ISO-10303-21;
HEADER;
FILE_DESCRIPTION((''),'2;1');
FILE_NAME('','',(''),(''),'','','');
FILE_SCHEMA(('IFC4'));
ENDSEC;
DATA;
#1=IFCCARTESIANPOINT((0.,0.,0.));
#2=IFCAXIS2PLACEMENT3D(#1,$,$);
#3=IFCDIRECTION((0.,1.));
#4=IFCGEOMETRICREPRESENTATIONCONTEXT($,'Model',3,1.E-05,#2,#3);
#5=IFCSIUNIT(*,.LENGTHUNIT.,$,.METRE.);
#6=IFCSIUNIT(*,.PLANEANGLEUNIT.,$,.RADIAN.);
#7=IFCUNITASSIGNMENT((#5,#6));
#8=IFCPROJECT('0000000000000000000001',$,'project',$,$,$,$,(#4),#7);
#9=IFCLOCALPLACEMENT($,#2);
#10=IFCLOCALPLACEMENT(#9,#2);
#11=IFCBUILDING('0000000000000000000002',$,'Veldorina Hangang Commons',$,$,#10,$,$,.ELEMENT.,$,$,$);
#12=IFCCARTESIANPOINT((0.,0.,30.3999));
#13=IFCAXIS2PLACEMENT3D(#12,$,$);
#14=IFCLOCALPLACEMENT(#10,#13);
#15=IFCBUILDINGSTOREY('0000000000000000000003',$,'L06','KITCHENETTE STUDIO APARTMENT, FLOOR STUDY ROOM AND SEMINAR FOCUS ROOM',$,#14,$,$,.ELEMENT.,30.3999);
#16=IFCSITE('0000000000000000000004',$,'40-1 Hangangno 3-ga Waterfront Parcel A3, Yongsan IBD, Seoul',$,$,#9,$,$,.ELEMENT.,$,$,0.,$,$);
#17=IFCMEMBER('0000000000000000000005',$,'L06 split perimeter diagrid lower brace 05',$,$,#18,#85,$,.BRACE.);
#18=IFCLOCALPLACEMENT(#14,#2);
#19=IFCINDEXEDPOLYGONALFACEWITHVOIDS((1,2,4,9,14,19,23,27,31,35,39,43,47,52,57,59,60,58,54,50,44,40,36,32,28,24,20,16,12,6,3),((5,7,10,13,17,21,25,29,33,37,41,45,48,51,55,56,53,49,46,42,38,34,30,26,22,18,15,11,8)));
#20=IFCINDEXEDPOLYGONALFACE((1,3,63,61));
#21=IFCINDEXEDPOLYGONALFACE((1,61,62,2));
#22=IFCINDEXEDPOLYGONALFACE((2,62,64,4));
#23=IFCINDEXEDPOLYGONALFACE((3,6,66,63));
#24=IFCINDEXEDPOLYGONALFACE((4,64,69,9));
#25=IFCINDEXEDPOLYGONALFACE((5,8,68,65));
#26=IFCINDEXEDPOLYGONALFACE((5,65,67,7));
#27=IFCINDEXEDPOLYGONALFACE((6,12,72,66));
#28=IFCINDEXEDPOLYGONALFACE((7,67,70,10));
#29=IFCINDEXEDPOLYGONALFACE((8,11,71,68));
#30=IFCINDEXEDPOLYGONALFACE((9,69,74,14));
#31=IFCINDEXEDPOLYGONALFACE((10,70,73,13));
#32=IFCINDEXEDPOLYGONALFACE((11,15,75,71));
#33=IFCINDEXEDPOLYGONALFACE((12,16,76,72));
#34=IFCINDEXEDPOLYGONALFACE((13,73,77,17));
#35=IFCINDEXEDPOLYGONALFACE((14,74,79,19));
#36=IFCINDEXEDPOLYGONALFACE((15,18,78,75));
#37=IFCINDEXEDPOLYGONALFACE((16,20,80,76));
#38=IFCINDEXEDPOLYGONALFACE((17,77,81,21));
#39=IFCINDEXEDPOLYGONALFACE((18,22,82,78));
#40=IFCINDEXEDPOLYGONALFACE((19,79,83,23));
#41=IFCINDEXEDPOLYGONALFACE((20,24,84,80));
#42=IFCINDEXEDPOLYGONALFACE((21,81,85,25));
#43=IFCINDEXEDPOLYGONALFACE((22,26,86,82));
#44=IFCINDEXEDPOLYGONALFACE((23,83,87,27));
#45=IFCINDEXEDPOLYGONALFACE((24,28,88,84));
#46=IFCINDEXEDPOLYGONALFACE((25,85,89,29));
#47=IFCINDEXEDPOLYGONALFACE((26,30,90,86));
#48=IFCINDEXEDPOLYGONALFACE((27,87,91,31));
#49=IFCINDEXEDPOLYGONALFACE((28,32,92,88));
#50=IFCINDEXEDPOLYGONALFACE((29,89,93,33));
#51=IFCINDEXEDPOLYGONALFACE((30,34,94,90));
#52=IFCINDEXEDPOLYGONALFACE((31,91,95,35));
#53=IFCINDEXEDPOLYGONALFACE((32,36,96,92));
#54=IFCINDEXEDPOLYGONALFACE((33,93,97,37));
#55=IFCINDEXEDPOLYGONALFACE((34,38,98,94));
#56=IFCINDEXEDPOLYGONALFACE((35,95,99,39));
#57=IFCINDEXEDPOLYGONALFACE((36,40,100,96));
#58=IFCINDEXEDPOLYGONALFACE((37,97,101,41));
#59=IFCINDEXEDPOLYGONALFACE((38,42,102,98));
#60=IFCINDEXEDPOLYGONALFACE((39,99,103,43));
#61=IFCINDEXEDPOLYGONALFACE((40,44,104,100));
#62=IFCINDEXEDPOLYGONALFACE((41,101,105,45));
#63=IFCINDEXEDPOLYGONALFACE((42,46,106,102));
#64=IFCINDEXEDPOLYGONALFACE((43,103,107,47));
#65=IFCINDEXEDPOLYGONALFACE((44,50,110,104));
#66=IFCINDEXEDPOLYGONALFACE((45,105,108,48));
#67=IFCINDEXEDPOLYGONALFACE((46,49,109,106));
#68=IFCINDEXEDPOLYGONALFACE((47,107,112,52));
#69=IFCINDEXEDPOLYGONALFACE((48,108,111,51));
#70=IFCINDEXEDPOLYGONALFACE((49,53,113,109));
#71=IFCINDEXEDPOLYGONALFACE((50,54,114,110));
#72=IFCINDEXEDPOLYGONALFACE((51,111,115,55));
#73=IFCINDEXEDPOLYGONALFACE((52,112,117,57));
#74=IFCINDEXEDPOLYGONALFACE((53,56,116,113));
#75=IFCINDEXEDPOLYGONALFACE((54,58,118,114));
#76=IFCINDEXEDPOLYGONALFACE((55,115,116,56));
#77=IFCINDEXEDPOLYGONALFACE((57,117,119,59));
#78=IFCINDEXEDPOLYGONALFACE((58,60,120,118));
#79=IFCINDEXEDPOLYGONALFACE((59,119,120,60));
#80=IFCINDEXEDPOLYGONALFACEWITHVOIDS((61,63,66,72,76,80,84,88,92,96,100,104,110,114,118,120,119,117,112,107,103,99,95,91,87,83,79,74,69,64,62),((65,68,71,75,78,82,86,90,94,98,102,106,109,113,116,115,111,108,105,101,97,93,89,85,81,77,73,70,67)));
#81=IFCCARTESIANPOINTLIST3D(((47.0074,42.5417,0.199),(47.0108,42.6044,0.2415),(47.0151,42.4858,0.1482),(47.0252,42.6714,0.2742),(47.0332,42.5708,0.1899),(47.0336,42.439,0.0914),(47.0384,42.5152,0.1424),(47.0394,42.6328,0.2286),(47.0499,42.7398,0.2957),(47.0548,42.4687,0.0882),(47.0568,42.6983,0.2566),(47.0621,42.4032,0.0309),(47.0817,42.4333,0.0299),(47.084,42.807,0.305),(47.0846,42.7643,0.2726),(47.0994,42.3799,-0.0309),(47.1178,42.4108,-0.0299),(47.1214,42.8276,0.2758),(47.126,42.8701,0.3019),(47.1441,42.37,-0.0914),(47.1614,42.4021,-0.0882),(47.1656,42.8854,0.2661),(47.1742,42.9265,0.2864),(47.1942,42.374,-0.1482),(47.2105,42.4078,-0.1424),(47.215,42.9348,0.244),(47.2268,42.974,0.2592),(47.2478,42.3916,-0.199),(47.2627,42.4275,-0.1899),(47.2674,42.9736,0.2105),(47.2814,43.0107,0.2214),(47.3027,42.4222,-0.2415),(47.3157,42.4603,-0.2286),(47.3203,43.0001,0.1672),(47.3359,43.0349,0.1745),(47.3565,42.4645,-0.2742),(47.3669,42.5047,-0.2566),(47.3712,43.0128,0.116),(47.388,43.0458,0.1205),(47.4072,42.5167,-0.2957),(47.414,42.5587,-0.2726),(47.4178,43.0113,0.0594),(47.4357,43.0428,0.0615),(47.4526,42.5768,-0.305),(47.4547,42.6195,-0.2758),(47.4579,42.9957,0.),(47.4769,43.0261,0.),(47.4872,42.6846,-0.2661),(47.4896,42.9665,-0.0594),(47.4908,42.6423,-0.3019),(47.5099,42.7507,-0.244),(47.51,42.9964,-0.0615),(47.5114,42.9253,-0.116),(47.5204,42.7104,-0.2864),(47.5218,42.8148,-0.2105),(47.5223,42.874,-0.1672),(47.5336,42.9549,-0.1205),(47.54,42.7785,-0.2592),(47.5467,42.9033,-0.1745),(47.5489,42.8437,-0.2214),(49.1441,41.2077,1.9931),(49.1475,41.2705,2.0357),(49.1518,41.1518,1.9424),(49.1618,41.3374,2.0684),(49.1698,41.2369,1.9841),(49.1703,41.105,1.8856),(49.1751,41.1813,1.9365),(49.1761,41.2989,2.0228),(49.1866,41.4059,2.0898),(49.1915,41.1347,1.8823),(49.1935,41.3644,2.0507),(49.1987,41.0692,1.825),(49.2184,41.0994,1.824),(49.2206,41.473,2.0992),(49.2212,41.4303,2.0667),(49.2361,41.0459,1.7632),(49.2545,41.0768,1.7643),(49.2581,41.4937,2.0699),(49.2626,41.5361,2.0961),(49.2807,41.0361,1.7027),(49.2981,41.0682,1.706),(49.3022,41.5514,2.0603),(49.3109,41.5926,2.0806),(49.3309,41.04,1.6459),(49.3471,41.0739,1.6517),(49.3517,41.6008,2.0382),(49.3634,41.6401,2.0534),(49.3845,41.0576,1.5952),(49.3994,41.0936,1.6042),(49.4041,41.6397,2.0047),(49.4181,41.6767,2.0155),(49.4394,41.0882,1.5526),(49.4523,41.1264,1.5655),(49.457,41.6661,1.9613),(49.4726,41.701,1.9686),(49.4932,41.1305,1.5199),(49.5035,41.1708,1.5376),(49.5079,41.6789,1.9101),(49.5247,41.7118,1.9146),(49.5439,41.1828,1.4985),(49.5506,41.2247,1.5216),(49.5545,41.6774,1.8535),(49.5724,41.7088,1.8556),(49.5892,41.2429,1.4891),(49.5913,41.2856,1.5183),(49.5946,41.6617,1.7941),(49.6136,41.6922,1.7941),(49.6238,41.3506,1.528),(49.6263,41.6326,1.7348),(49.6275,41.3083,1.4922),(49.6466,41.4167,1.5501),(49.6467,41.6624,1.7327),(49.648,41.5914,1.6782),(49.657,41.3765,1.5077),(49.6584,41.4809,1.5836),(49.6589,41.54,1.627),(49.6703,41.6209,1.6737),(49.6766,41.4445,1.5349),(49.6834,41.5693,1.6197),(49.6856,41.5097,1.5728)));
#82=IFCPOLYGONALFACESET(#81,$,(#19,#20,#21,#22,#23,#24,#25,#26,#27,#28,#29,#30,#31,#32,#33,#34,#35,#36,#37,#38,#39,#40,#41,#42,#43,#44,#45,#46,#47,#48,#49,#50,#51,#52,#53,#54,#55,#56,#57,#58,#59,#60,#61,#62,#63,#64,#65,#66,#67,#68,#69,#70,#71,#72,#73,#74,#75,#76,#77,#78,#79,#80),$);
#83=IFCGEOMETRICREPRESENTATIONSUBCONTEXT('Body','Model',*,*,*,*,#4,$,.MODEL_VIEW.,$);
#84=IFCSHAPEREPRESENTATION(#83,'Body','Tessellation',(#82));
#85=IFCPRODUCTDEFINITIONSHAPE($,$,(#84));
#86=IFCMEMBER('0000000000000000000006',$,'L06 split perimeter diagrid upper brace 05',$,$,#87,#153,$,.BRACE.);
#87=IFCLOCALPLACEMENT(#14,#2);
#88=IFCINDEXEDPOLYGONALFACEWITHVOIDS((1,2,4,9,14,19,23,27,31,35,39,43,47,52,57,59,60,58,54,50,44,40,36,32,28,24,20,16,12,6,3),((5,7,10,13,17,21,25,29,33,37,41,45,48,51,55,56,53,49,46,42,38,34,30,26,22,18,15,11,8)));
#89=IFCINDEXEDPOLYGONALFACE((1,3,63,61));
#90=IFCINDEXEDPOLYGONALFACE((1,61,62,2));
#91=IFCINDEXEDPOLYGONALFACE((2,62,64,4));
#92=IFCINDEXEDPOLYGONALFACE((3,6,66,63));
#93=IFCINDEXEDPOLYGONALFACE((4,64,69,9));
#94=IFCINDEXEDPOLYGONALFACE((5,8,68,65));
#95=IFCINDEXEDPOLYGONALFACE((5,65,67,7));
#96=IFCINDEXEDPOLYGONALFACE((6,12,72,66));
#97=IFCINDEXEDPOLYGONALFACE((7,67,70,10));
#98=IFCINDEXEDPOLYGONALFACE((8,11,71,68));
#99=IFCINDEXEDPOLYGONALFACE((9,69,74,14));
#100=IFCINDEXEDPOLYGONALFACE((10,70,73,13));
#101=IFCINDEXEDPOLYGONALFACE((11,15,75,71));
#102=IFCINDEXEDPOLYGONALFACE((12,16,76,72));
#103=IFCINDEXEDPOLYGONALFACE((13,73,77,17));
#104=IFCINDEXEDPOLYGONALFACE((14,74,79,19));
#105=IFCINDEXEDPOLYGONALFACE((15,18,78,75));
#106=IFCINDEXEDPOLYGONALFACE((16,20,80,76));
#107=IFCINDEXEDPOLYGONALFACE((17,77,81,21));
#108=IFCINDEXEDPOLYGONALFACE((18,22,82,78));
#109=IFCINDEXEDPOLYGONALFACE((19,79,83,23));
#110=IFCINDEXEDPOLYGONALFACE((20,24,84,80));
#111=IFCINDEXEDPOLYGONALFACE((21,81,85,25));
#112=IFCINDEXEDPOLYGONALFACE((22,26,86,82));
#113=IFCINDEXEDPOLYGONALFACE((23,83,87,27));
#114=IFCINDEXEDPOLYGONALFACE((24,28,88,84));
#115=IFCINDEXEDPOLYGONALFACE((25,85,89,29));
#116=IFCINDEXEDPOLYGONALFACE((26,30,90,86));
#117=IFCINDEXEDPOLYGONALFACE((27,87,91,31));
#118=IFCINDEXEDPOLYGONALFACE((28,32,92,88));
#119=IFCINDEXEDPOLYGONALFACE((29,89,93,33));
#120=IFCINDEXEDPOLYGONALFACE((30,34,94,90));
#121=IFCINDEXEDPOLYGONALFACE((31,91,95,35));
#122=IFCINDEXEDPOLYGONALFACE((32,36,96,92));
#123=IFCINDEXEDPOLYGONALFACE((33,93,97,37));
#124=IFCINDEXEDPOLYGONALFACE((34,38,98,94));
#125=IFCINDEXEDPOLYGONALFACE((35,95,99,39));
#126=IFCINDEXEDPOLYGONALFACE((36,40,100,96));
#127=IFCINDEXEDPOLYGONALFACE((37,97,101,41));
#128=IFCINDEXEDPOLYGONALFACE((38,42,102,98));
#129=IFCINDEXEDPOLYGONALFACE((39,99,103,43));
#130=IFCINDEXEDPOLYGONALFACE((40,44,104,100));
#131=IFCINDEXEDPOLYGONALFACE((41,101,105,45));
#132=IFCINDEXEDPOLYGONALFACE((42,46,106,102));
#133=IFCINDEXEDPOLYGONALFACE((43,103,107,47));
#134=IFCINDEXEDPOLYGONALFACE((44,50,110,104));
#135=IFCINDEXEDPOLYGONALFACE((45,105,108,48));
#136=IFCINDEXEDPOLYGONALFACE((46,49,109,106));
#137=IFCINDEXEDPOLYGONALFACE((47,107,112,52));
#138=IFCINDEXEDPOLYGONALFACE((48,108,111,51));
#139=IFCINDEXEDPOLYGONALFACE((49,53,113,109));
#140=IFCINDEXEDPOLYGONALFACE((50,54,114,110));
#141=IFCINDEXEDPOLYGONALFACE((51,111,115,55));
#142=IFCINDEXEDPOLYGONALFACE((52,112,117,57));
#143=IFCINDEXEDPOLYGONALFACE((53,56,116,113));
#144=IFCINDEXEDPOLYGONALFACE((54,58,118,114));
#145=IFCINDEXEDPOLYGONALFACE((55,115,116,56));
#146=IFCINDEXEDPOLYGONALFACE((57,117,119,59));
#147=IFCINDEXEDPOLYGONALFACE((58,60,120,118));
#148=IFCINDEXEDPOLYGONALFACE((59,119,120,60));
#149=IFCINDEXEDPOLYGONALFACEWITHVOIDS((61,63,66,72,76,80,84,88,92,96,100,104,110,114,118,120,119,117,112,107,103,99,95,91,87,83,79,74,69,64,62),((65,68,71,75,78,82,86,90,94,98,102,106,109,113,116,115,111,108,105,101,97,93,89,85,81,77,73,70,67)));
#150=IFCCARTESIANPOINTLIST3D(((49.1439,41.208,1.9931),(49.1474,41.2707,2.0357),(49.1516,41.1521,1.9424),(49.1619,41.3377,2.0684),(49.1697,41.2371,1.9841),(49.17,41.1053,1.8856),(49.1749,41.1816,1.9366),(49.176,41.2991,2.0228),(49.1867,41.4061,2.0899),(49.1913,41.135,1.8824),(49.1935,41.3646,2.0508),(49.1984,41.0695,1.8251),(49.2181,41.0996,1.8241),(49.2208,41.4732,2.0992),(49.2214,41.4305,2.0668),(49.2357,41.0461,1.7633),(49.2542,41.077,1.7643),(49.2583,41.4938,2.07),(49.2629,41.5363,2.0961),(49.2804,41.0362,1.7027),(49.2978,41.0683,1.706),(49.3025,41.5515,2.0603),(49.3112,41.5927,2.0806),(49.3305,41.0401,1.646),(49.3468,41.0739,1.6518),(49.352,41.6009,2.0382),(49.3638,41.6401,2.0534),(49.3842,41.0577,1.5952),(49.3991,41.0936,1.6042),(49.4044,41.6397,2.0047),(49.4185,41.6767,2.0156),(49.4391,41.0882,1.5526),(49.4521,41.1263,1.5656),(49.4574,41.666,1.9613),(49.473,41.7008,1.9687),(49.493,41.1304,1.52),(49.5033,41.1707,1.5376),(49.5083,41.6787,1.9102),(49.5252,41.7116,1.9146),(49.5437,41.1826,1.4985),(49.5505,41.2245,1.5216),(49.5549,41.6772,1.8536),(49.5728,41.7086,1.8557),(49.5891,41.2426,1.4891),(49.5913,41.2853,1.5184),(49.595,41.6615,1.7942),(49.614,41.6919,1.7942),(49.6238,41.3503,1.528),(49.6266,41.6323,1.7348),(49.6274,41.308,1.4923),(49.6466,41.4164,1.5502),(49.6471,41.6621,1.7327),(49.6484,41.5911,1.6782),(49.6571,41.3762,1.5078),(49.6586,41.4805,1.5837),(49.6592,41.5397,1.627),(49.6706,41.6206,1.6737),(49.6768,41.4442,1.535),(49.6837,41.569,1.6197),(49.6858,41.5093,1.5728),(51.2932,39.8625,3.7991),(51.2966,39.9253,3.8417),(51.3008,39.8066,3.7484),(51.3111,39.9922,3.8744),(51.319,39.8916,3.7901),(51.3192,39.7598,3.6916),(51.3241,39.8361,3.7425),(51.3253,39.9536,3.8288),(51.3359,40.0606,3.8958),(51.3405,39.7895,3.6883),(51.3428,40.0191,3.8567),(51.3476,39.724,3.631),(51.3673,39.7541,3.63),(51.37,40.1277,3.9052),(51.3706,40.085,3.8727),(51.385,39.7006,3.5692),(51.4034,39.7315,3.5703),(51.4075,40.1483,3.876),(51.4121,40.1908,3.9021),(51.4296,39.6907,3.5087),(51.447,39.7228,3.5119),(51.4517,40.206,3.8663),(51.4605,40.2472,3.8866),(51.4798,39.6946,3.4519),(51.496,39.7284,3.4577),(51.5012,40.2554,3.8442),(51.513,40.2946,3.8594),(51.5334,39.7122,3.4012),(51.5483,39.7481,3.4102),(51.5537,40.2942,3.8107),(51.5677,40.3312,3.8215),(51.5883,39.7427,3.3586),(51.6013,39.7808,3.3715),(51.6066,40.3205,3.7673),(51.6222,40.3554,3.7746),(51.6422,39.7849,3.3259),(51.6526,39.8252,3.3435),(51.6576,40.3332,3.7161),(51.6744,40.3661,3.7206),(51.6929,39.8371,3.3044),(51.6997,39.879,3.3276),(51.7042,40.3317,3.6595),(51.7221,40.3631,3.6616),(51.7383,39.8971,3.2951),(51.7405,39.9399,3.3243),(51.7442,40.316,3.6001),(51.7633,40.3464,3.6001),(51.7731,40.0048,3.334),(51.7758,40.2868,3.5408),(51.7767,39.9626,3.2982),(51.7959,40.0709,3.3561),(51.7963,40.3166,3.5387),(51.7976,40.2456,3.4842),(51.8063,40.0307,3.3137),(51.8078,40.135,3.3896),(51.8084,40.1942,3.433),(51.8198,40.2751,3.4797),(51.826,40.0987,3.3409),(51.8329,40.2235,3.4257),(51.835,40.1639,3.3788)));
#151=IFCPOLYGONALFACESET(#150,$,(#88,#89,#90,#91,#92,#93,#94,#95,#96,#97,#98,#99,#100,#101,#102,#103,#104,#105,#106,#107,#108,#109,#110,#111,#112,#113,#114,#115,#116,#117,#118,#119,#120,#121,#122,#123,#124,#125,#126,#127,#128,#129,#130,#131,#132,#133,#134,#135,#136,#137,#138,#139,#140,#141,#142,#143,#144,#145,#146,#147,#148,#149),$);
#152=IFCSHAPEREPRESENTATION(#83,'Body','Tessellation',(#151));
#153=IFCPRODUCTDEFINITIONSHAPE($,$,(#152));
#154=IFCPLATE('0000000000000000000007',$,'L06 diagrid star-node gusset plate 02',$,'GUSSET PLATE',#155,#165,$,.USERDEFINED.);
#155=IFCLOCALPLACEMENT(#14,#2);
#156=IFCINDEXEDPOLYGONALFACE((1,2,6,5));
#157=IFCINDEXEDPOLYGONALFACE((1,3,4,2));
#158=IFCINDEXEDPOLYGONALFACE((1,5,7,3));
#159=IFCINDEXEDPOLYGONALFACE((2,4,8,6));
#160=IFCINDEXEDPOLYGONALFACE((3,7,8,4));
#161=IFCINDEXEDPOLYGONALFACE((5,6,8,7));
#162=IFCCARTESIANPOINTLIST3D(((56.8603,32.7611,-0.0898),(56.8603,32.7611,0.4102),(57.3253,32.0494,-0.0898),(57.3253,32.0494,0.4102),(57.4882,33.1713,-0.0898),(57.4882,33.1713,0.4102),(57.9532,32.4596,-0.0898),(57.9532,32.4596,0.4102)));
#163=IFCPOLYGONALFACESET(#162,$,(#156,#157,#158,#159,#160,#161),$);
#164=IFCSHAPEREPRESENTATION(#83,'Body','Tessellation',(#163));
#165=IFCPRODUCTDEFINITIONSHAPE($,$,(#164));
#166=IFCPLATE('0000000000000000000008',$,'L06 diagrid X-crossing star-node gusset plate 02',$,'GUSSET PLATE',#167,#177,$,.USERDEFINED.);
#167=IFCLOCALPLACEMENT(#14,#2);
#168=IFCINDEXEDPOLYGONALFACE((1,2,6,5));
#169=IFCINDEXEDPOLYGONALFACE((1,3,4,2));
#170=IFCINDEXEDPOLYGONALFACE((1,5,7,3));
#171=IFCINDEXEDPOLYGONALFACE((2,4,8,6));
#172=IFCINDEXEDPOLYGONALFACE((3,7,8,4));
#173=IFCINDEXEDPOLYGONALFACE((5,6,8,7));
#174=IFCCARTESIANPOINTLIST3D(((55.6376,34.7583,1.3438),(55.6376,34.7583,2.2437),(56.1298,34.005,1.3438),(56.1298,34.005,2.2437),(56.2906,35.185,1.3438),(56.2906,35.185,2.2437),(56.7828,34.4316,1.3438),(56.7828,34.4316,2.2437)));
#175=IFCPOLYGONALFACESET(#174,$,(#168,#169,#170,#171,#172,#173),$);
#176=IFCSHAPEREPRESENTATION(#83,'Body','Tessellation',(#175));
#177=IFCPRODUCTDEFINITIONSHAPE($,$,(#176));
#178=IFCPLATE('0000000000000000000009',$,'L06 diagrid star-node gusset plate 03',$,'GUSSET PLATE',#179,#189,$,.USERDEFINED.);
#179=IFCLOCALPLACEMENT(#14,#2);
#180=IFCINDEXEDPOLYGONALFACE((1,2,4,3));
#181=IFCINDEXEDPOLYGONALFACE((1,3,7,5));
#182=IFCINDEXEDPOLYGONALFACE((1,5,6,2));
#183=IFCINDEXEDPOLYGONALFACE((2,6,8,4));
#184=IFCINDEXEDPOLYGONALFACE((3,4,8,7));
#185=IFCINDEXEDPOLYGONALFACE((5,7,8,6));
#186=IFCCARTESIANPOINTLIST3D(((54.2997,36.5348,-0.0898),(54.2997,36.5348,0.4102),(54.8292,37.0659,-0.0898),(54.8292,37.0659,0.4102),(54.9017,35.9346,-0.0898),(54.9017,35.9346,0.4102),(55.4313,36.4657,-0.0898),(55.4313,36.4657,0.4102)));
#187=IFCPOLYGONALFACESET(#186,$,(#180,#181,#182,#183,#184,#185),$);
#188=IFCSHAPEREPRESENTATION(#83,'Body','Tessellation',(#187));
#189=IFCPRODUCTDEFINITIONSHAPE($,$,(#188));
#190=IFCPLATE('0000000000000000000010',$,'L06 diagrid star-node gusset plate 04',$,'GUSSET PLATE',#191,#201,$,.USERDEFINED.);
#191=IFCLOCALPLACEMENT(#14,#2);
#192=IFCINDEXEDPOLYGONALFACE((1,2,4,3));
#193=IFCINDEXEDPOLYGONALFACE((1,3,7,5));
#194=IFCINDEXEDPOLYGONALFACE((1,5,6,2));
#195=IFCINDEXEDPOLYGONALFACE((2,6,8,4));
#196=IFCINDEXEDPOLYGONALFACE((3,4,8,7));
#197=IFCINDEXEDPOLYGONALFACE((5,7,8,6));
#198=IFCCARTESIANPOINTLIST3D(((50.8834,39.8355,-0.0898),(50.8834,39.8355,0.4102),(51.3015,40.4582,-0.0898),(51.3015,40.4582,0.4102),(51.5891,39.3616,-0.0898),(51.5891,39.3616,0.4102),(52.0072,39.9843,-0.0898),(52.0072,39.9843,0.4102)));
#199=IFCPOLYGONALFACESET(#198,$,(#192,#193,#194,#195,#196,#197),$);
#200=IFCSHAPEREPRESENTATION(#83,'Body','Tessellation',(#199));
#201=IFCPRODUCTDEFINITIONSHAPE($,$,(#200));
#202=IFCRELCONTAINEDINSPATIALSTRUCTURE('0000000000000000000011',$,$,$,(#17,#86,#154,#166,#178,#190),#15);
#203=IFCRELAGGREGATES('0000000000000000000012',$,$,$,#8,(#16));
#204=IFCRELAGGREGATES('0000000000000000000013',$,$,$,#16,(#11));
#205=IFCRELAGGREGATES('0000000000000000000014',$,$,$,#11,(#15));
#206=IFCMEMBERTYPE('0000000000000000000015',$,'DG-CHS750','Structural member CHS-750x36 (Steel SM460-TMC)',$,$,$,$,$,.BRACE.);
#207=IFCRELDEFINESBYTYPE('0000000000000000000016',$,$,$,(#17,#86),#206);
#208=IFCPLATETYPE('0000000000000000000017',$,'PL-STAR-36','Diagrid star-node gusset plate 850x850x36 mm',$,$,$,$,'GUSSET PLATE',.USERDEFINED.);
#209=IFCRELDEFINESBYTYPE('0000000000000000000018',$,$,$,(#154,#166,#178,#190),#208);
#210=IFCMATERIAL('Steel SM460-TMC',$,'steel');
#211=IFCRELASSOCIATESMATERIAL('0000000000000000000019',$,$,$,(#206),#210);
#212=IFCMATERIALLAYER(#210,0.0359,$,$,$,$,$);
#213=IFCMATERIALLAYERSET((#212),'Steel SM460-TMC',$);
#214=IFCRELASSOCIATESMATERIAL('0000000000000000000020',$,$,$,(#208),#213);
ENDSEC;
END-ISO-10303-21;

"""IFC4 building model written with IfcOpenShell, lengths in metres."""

from ifc_helpers import new_model, si_unit, direction, frame, origin, origin_2d, place, context, subcontext, project, spatial, rectangle, hollow_circle, extrude, material, layer, layer_set, material_profile, profile_set, type_object, element, save


model = new_model("IFC4")

# Units and contexts
model_context = context("Model", 3, precision=1e-05, world=origin(), true_north=direction((0.0, 1.0)))
body_context = subcontext(model_context, "Body", "Model", "MODEL_VIEW")
ifc_project = project(units=[si_unit("LENGTHUNIT", "METRE"), si_unit("PLANEANGLEUNIT", "RADIAN")], contexts=[model_context])

# Site, building, storey
site_placement = place(None, origin())
site = spatial("IfcSite", under=ifc_project, at=site_placement, Name="40-1 Hangangno 3-ga Waterfront Parcel A3, Yongsan IBD, Seoul", CompositionType="ELEMENT", RefElevation=0.0)
building_placement = place(site_placement, origin())
building = spatial("IfcBuilding", under=site, at=building_placement, Name="Veldorina Hangang Commons", CompositionType="ELEMENT")
storey_placement = place(building_placement, frame((0.0, 0.0, 30.3999)))
storey = spatial("IfcBuildingStorey", under=building, at=storey_placement, Name="L06", Description="KITCHENETTE STUDIO APARTMENT, FLOOR STUDY ROOM AND SEMINAR FOCUS ROOM", CompositionType="ELEMENT", Elevation=30.3999)

# Shared definitions
ifc_material_1 = material(Name="Steel SM460-TMC", Category="steel")

# Members
ifc_material_profile_1 = material_profile(ifc_material_1, hollow_circle(Radius=0.375, WallThickness=0.0359, at=origin_2d()), Name="CHS-750x36")
ifc_profile_set_1 = profile_set([ifc_material_profile_1], Name="Steel SM460-TMC")
member_type = type_object("IfcMemberType", Name="DG-CHS750", Description="Structural member CHS-750x36 (Steel SM460-TMC)", PredefinedType="BRACE", material=ifc_profile_set_1)
member_1_placement = place(storey_placement, frame((47.2783, 42.708, 0.0), z_axis=(0.690913, -0.431347, 0.580155), x_axis=(0.529581, 0.84826, 0.0)))
element("IfcMember", 1, at=member_1_placement, inside=storey, type_object=member_type, Name="L06 split perimeter diagrid lower brace 05", PredefinedType="BRACE", context=body_context, shape_type="SweptSolid", body=[
    extrude(hollow_circle(Radius=0.375, WallThickness=0.0359, at=origin_2d()), origin(), (0.0, 0.0, 1.0), 3.0925),
])
member_2_placement = place(storey_placement, frame((49.415, 41.374, 1.7942), z_axis=(0.690395, -0.432213, 0.580126), x_axis=(0.530631, 0.847603, 0.0)))
element("IfcMember", 2, at=member_2_placement, inside=storey, type_object=member_type, Name="L06 split perimeter diagrid upper brace 05", PredefinedType="BRACE", context=body_context, shape_type="SweptSolid", body=[
    extrude(hollow_circle(Radius=0.375, WallThickness=0.0359, at=origin_2d()), origin(), (0.0, 0.0, 1.0), 3.113),
])

# Plates
ifc_layer_1 = layer(ifc_material_1, 0.0359)
ifc_layer_set_1 = layer_set([ifc_layer_1], Name="Steel SM460-TMC")
plate_type = type_object("IfcPlateType", Name="PL-STAR-36", Description="Diagrid star-node gusset plate 850x850x36 mm", ElementType="GUSSET PLATE", PredefinedType="USERDEFINED", material=ifc_layer_set_1)
plate_1_placement = place(storey_placement, frame((57.4067, 32.6104, -0.0898), z_axis=(0.0, 0.0, 1.0), x_axis=(-0.546935, 0.837175, 0.0)))
element("IfcPlate", 3, at=plate_1_placement, inside=storey, type_object=plate_type, Name="L06 diagrid star-node gusset plate 02", ObjectType="GUSSET PLATE", PredefinedType="USERDEFINED", context=body_context, shape_type="SweptSolid", body=[
    extrude(rectangle(XDim=0.8501, YDim=0.75, at=origin_2d()), origin(), (0.0, 0.0, 1.0), 0.5),
])
plate_2_placement = place(storey_placement, frame((56.2102, 34.595, 1.3438), z_axis=(0.0, 0.0, 1.0), x_axis=(-0.546935, 0.837175, 0.0)))
element("IfcPlate", 4, at=plate_2_placement, inside=storey, type_object=plate_type, Name="L06 diagrid X-crossing star-node gusset plate 02", ObjectType="GUSSET PLATE", PredefinedType="USERDEFINED", context=body_context, shape_type="SweptSolid", body=[
    extrude(rectangle(XDim=0.8999, YDim=0.78, at=origin_2d()), origin(), (0.0, 0.0, 1.0), 0.8999),
])
for number, where, z_axis, x_axis, name in (
    (5, (54.8655, 36.5002, -0.0898), (0.0, 0.0, 1.0), (-0.70818, 0.706032, 0.0), "L06 diagrid star-node gusset plate 03"),
    (6, (51.4453, 39.9099, -0.0898), (0.0, 0.0, 1.0), (-0.830197, 0.55747, 0.0), "L06 diagrid star-node gusset plate 04"),
):
    element("IfcPlate", number, at=place(storey_placement, frame(where, z_axis=z_axis, x_axis=x_axis)), inside=storey, type_object=plate_type, Name=name, ObjectType="GUSSET PLATE", PredefinedType="USERDEFINED", context=body_context, shape_type="SweptSolid", body=[
        extrude(rectangle(XDim=0.8501, YDim=0.75, at=origin_2d()), origin(), (0.0, 0.0, 1.0), 0.5),
    ])

save(model, "model.ifc")
